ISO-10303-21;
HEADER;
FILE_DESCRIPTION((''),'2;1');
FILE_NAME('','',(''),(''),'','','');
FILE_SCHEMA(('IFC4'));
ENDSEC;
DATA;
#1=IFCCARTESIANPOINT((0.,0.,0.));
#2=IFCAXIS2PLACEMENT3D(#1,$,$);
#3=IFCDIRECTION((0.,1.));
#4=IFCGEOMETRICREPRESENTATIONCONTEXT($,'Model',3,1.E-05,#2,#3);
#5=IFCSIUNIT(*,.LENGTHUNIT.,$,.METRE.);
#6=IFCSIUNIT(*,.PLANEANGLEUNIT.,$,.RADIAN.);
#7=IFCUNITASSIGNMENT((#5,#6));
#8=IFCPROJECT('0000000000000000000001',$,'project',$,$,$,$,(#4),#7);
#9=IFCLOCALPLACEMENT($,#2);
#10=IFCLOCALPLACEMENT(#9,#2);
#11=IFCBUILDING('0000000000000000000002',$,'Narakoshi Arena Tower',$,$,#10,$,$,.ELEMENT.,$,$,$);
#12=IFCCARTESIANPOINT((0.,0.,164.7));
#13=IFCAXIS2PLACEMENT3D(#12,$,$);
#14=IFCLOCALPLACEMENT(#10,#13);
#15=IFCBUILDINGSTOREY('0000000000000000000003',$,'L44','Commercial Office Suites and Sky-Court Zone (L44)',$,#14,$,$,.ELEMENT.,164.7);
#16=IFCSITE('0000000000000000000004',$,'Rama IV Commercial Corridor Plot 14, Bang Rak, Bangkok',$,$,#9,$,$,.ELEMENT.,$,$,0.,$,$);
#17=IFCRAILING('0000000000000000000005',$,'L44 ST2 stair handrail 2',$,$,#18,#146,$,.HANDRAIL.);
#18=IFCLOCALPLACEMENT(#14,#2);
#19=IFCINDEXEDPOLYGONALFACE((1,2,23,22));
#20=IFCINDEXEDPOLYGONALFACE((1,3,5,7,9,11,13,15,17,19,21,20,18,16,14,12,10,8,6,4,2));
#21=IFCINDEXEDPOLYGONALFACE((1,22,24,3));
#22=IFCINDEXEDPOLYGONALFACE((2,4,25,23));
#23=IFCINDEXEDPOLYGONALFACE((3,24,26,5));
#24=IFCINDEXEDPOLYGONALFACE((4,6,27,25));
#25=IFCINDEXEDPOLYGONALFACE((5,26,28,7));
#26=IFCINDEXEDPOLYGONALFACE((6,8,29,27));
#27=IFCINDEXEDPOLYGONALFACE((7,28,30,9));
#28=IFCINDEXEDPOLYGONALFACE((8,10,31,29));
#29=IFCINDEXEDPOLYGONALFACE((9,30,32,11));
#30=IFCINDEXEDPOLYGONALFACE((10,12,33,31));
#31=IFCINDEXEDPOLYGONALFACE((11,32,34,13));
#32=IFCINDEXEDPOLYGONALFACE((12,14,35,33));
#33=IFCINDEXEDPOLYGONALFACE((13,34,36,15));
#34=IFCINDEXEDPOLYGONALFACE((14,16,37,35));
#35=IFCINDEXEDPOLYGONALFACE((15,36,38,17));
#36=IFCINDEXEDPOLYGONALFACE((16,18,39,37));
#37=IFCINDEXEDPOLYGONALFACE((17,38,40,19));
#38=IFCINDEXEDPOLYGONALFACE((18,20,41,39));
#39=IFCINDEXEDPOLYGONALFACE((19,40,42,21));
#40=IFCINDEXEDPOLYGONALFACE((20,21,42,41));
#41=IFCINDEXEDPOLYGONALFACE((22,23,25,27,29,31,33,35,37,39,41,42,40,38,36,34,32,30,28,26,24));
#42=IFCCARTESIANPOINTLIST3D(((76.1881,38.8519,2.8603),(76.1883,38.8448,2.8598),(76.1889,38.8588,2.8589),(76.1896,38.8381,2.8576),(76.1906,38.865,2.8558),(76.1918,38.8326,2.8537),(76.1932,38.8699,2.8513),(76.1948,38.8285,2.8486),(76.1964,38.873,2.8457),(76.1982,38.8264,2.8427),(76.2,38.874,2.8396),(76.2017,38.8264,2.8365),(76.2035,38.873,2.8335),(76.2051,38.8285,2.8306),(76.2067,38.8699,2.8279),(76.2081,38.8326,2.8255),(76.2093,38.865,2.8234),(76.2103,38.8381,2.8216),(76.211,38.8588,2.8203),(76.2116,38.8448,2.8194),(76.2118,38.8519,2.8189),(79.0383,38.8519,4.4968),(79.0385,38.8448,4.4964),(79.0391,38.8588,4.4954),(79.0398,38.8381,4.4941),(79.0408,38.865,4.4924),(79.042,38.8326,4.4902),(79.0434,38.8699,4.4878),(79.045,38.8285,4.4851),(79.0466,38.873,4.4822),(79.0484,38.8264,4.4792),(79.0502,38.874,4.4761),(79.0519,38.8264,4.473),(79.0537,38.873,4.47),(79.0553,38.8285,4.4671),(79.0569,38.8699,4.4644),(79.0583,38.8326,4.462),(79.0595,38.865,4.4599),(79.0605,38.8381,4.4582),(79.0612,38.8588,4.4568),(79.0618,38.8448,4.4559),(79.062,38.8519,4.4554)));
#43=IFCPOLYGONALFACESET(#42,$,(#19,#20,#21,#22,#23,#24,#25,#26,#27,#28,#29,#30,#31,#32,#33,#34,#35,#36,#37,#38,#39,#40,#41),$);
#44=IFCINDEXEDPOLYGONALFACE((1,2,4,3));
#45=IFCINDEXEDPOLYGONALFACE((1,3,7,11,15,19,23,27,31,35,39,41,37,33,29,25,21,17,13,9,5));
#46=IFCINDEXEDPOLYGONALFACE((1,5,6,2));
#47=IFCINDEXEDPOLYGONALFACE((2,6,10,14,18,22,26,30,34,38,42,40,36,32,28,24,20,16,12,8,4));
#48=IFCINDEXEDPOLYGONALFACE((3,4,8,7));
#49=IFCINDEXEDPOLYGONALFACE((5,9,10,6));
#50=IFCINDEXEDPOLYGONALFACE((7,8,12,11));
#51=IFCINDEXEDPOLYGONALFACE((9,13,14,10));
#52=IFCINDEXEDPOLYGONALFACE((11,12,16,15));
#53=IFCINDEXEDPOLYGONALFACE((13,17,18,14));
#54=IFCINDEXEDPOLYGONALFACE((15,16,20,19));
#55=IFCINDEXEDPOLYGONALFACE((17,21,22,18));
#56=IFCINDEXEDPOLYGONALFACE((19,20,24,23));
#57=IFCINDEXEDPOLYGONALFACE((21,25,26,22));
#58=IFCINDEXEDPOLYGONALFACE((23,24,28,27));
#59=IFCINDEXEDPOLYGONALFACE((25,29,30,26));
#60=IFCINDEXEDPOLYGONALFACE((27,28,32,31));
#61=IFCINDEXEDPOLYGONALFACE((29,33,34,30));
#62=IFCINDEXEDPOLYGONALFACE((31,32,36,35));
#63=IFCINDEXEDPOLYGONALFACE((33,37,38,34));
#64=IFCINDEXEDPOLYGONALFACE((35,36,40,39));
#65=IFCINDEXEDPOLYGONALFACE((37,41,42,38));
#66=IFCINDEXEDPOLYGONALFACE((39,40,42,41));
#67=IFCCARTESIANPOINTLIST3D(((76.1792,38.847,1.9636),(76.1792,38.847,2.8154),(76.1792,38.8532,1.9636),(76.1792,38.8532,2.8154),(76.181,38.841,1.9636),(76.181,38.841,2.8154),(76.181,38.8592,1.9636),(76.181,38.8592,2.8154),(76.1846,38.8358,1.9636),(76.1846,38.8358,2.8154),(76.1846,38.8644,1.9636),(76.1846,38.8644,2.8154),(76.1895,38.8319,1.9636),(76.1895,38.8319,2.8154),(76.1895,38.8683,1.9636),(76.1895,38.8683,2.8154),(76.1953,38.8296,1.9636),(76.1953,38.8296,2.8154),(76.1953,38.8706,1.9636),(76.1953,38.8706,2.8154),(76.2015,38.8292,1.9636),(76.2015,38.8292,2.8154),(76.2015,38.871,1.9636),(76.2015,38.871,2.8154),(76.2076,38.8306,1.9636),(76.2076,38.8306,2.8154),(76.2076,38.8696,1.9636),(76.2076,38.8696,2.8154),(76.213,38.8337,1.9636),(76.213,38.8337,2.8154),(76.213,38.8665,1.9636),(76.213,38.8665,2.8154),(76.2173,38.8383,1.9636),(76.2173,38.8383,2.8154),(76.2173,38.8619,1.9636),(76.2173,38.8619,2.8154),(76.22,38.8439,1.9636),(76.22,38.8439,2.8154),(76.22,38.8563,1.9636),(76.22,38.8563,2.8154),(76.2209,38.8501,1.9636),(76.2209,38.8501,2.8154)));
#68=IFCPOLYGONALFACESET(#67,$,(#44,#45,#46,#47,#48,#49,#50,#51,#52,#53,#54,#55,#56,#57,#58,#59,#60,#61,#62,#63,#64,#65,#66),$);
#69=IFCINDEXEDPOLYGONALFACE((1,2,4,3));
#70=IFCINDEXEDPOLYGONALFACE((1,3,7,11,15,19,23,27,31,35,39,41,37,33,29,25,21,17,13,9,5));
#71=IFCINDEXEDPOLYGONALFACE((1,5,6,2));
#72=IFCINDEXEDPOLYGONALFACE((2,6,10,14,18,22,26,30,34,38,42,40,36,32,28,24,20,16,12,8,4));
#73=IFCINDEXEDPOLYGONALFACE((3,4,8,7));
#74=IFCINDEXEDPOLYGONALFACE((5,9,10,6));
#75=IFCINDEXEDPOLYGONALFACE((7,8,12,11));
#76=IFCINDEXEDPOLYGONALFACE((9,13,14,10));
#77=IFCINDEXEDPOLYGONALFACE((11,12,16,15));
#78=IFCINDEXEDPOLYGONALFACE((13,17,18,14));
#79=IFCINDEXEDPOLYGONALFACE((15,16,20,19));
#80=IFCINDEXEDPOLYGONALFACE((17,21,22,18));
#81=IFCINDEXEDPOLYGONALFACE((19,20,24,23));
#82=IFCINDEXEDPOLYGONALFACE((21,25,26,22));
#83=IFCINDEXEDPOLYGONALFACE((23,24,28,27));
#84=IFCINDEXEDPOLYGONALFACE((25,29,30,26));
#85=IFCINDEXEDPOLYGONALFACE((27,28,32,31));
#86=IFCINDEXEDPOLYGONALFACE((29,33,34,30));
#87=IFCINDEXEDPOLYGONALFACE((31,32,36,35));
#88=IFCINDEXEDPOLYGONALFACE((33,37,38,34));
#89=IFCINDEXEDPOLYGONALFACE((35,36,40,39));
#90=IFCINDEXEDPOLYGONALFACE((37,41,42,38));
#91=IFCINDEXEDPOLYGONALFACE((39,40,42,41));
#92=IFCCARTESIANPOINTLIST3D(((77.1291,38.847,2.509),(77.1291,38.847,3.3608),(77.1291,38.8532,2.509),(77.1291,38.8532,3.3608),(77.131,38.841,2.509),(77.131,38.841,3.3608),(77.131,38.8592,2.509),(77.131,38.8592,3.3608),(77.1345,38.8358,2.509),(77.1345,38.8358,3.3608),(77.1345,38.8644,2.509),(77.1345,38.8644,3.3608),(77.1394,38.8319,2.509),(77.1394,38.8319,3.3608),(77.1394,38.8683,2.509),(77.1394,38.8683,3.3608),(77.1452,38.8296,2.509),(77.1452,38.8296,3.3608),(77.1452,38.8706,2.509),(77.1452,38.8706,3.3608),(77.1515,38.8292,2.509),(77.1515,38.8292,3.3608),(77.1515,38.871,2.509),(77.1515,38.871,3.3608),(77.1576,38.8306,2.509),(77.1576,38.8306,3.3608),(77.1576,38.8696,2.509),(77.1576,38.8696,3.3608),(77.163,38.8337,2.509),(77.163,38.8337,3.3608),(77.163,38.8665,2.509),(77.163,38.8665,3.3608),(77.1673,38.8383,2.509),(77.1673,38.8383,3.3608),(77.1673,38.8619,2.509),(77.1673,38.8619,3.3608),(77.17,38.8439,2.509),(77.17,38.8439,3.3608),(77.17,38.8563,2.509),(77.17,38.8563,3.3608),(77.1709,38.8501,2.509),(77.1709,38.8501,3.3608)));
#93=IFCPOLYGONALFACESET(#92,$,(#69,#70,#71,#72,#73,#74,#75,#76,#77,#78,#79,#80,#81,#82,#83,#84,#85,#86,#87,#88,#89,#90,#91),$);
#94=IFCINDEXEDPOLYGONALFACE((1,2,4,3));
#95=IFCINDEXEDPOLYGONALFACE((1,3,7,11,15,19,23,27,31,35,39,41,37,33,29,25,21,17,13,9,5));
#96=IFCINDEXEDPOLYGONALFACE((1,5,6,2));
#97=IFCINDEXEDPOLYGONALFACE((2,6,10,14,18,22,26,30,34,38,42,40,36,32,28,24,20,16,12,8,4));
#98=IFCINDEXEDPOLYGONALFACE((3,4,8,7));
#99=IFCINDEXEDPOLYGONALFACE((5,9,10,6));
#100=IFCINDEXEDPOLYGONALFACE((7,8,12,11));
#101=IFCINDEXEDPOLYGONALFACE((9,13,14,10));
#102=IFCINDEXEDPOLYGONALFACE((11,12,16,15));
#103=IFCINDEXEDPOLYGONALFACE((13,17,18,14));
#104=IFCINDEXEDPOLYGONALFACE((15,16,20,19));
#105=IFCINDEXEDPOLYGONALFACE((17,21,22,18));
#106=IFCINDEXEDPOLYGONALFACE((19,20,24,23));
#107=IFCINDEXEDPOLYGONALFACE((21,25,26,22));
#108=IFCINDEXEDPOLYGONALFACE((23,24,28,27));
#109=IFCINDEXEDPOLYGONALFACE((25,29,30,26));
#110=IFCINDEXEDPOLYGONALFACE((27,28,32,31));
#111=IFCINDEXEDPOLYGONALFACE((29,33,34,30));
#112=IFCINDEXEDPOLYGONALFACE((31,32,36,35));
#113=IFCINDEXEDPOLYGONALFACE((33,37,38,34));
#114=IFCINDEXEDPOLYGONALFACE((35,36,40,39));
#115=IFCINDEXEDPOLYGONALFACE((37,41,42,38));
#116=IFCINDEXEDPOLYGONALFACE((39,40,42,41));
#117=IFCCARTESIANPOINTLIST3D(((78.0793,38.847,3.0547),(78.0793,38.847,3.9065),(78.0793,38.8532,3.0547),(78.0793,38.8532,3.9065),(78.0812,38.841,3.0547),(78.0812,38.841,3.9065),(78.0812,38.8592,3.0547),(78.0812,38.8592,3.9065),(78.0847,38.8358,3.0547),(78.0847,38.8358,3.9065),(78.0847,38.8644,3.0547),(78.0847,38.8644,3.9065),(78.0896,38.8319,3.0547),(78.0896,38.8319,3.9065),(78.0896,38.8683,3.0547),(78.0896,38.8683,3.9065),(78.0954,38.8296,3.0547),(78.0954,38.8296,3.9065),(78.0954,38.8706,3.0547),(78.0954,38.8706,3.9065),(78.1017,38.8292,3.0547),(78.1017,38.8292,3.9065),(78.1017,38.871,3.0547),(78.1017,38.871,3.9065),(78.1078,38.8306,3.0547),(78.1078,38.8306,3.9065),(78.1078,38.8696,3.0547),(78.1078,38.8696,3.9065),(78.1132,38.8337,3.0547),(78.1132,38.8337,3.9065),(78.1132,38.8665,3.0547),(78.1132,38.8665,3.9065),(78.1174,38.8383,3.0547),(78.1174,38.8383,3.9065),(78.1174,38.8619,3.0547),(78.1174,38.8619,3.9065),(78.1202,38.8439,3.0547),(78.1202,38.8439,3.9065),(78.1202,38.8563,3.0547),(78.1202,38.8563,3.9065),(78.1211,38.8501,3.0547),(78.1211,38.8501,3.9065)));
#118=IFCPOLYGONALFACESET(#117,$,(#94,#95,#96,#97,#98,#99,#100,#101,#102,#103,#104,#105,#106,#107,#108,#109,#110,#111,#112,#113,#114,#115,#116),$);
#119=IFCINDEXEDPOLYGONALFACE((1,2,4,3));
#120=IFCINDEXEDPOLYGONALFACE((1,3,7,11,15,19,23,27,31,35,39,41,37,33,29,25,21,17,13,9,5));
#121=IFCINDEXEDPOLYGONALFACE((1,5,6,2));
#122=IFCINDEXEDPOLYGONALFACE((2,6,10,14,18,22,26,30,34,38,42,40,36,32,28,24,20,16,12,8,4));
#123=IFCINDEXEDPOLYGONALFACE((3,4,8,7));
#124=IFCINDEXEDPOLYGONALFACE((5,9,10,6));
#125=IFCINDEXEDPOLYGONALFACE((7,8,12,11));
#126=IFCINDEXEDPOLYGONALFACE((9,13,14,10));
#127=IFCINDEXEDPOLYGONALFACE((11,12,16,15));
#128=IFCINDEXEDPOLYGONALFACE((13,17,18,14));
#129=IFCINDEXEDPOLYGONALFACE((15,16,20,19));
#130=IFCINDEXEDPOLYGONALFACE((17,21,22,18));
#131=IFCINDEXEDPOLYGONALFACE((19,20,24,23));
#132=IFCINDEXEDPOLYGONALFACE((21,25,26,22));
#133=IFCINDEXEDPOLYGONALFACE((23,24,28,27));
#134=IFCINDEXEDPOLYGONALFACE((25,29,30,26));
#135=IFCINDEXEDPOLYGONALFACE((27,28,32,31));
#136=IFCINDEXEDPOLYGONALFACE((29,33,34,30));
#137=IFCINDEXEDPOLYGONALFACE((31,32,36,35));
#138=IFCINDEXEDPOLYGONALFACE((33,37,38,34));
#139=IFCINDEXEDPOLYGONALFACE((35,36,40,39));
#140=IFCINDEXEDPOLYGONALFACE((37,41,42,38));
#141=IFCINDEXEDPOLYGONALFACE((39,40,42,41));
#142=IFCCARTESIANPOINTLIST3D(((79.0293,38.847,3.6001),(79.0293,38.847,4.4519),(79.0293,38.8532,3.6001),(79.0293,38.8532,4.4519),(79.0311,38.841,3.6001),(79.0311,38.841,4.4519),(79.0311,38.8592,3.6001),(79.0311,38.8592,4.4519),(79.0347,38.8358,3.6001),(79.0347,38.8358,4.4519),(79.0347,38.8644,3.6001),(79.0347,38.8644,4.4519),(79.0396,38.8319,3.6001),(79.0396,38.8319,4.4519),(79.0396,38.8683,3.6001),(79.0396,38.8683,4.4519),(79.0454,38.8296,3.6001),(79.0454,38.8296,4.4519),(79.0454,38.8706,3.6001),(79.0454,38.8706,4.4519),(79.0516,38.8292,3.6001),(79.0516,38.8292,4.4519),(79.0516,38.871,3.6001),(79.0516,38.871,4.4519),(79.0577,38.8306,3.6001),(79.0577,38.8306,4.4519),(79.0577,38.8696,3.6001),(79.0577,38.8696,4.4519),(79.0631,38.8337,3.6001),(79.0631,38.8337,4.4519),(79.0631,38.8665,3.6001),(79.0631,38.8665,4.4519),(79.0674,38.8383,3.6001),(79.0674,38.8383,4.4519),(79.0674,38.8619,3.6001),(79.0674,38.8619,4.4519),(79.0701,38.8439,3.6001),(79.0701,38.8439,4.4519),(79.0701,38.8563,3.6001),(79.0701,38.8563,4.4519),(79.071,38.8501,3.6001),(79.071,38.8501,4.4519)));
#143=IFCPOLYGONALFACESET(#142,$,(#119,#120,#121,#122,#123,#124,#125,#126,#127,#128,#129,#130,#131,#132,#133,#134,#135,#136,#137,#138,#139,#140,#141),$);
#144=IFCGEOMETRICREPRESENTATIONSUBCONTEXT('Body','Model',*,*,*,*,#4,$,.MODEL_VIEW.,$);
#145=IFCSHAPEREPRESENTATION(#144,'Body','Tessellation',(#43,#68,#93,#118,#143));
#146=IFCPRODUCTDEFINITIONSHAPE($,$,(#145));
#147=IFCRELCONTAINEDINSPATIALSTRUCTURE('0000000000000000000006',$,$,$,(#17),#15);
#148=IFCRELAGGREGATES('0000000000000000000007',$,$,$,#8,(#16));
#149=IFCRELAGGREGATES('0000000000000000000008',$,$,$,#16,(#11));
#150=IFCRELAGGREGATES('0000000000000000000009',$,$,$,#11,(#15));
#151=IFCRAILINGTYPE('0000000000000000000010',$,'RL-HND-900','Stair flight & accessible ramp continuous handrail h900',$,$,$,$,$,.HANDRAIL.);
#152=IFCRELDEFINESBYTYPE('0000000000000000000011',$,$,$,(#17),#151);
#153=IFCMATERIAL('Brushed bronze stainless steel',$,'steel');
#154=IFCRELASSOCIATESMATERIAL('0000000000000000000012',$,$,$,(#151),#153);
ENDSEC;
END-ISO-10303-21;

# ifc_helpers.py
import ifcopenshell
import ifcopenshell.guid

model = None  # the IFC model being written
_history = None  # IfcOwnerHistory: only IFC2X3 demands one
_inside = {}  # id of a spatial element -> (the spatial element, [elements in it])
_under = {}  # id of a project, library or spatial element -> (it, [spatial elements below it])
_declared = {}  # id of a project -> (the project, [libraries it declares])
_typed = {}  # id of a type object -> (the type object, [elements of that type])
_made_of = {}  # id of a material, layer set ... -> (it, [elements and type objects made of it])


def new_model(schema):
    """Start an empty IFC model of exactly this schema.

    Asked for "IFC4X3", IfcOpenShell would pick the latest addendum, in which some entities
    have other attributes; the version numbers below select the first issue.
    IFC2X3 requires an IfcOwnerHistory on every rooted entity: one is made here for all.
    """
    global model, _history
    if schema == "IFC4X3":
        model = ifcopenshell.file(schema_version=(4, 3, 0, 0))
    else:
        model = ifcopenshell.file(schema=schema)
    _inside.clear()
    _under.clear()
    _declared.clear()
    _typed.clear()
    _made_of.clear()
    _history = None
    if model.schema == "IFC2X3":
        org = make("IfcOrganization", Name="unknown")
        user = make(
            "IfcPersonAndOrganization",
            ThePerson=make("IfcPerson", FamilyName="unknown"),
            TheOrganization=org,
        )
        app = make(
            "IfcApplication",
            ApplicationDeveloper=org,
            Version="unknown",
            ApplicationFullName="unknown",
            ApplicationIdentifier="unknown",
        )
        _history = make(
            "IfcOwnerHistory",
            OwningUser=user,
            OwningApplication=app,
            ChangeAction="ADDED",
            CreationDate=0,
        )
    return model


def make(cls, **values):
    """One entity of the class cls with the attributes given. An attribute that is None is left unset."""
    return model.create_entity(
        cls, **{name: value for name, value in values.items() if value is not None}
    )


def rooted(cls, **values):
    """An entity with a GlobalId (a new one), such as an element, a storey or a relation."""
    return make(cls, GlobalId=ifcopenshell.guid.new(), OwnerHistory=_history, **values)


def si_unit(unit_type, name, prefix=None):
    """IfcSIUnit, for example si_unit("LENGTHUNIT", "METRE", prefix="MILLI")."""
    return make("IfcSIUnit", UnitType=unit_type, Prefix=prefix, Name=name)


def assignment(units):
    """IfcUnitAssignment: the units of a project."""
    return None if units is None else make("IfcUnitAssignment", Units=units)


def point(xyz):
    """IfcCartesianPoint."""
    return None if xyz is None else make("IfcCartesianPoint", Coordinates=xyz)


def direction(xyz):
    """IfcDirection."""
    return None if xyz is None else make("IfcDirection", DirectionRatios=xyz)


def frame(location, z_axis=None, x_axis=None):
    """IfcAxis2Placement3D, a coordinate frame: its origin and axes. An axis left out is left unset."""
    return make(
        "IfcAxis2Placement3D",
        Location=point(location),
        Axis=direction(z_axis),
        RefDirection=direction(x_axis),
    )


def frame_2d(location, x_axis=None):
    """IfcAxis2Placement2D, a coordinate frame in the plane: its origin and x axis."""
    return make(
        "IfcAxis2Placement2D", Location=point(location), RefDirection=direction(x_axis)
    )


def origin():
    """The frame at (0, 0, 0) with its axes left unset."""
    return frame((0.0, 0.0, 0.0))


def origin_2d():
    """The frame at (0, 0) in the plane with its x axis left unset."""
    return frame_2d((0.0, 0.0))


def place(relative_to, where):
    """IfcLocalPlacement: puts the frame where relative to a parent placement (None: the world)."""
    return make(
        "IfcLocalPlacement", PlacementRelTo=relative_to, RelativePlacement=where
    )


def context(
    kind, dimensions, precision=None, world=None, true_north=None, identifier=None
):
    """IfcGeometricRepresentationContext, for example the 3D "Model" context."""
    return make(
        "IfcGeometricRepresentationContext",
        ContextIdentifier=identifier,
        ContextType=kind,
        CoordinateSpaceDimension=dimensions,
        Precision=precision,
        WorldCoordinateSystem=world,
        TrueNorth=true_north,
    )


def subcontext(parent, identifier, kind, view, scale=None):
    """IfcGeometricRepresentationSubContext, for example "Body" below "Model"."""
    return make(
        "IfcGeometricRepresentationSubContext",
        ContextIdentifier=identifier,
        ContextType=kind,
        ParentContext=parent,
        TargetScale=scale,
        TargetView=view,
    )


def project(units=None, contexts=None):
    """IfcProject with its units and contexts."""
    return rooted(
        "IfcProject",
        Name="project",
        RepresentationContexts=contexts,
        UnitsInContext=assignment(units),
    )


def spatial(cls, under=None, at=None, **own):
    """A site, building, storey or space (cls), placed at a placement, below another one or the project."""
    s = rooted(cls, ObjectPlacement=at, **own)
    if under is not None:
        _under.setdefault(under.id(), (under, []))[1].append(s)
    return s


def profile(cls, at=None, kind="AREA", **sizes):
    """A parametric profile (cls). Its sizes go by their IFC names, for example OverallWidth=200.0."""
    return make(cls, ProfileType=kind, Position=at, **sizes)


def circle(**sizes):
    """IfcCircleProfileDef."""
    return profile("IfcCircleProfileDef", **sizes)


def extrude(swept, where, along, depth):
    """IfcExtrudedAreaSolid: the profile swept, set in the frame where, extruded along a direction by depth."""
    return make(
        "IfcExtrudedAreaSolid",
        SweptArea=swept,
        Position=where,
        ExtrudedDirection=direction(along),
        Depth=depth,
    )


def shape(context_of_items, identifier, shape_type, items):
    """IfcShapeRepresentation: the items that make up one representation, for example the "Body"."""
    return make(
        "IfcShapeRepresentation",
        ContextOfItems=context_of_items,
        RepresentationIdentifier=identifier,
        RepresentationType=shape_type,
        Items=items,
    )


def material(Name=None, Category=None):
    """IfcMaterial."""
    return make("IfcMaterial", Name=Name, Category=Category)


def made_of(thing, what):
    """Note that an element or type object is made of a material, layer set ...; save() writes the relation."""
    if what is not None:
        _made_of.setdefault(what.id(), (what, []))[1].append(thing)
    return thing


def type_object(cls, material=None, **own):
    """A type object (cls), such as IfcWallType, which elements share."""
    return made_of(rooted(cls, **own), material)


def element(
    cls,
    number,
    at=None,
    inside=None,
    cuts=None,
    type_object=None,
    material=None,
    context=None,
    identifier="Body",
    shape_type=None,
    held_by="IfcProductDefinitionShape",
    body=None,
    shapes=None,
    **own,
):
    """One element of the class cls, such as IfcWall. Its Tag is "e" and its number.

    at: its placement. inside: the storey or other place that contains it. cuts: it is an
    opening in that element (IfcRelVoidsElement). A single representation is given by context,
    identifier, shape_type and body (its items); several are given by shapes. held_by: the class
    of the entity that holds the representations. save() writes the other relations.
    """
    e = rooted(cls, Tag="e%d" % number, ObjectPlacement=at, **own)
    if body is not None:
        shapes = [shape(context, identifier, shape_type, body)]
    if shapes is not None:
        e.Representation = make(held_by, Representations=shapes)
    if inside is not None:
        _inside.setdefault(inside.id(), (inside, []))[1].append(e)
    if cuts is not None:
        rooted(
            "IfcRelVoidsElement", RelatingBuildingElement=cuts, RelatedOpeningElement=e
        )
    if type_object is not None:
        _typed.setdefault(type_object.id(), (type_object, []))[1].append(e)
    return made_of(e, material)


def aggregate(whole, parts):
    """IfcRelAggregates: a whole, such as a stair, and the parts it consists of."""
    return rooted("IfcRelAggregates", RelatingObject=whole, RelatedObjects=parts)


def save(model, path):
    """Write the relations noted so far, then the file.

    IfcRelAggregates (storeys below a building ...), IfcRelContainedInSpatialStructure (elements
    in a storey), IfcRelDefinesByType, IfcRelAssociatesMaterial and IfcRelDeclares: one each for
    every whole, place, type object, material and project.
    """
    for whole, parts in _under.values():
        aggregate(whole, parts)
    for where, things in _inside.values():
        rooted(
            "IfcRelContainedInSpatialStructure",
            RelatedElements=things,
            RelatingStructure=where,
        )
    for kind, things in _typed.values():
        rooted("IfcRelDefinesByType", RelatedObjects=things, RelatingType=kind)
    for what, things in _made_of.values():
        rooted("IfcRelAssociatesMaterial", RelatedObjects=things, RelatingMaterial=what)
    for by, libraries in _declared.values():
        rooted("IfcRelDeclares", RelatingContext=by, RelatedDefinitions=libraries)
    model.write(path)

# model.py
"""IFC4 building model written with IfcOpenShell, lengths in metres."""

from ifc_helpers import new_model, si_unit, direction, frame, origin, origin_2d, place, context, subcontext, project, spatial, circle, extrude, material, type_object, element, save


model = new_model("IFC4")

# Units and contexts
model_context = context("Model", 3, precision=1e-05, world=origin(), true_north=direction((0.0, 1.0)))
body_context = subcontext(model_context, "Body", "Model", "MODEL_VIEW")
ifc_project = project(units=[si_unit("LENGTHUNIT", "METRE"), si_unit("PLANEANGLEUNIT", "RADIAN")], contexts=[model_context])

# Site, building, storey
site_placement = place(None, origin())
site = spatial("IfcSite", under=ifc_project, at=site_placement, Name="Rama IV Commercial Corridor Plot 14, Bang Rak, Bangkok", CompositionType="ELEMENT", RefElevation=0.0)
building_placement = place(site_placement, origin())
building = spatial("IfcBuilding", under=site, at=building_placement, Name="Narakoshi Arena Tower", CompositionType="ELEMENT")
storey_placement = place(building_placement, frame((0.0, 0.0, 164.7)))
storey = spatial("IfcBuildingStorey", under=building, at=storey_placement, Name="L44", Description="Commercial Office Suites and Sky-Court Zone (L44)", CompositionType="ELEMENT", Elevation=164.7)

# Railing
ifc_material_1 = material(Name="Brushed bronze stainless steel", Category="steel")
railing_type_1 = type_object("IfcRailingType", Name="RL-HND-900", Description="Stair flight & accessible ramp continuous handrail h900", PredefinedType="HANDRAIL", material=ifc_material_1)
for number, where, name in (
    (1, (76.2, 38.8501, 1.9636), "L44 ST2 stair handrail 2"),
):
    element("IfcRailing", number, at=place(storey_placement, frame(where)), inside=storey, type_object=railing_type_1, Name=name, PredefinedType="HANDRAIL", context=body_context, shape_type="SweptSolid", body=[
        extrude(circle(Radius=0.0239, at=origin_2d()), frame((0.0, 0.0, 0.876), z_axis=(0.867213, 0.0, 0.497938), x_axis=(0.0, 1.0, 0.0)), (0.0, 0.0, 1.0), 3.2866),
        extrude(circle(Radius=0.021, at=origin_2d()), origin(), (0.0, 0.0, 1.0), 0.8518),
        extrude(circle(Radius=0.021, at=origin_2d()), frame((0.95, 0.0, 0.5454)), (0.0, 0.0, 1.0), 0.8518),
        extrude(circle(Radius=0.021, at=origin_2d()), frame((1.9001, 0.0, 1.0911)), (0.0, 0.0, 1.0), 0.8518),
        extrude(circle(Radius=0.021, at=origin_2d()), frame((2.8501, 0.0, 1.6365)), (0.0, 0.0, 1.0), 0.8518),
    ])

save(model, "model.ifc")
